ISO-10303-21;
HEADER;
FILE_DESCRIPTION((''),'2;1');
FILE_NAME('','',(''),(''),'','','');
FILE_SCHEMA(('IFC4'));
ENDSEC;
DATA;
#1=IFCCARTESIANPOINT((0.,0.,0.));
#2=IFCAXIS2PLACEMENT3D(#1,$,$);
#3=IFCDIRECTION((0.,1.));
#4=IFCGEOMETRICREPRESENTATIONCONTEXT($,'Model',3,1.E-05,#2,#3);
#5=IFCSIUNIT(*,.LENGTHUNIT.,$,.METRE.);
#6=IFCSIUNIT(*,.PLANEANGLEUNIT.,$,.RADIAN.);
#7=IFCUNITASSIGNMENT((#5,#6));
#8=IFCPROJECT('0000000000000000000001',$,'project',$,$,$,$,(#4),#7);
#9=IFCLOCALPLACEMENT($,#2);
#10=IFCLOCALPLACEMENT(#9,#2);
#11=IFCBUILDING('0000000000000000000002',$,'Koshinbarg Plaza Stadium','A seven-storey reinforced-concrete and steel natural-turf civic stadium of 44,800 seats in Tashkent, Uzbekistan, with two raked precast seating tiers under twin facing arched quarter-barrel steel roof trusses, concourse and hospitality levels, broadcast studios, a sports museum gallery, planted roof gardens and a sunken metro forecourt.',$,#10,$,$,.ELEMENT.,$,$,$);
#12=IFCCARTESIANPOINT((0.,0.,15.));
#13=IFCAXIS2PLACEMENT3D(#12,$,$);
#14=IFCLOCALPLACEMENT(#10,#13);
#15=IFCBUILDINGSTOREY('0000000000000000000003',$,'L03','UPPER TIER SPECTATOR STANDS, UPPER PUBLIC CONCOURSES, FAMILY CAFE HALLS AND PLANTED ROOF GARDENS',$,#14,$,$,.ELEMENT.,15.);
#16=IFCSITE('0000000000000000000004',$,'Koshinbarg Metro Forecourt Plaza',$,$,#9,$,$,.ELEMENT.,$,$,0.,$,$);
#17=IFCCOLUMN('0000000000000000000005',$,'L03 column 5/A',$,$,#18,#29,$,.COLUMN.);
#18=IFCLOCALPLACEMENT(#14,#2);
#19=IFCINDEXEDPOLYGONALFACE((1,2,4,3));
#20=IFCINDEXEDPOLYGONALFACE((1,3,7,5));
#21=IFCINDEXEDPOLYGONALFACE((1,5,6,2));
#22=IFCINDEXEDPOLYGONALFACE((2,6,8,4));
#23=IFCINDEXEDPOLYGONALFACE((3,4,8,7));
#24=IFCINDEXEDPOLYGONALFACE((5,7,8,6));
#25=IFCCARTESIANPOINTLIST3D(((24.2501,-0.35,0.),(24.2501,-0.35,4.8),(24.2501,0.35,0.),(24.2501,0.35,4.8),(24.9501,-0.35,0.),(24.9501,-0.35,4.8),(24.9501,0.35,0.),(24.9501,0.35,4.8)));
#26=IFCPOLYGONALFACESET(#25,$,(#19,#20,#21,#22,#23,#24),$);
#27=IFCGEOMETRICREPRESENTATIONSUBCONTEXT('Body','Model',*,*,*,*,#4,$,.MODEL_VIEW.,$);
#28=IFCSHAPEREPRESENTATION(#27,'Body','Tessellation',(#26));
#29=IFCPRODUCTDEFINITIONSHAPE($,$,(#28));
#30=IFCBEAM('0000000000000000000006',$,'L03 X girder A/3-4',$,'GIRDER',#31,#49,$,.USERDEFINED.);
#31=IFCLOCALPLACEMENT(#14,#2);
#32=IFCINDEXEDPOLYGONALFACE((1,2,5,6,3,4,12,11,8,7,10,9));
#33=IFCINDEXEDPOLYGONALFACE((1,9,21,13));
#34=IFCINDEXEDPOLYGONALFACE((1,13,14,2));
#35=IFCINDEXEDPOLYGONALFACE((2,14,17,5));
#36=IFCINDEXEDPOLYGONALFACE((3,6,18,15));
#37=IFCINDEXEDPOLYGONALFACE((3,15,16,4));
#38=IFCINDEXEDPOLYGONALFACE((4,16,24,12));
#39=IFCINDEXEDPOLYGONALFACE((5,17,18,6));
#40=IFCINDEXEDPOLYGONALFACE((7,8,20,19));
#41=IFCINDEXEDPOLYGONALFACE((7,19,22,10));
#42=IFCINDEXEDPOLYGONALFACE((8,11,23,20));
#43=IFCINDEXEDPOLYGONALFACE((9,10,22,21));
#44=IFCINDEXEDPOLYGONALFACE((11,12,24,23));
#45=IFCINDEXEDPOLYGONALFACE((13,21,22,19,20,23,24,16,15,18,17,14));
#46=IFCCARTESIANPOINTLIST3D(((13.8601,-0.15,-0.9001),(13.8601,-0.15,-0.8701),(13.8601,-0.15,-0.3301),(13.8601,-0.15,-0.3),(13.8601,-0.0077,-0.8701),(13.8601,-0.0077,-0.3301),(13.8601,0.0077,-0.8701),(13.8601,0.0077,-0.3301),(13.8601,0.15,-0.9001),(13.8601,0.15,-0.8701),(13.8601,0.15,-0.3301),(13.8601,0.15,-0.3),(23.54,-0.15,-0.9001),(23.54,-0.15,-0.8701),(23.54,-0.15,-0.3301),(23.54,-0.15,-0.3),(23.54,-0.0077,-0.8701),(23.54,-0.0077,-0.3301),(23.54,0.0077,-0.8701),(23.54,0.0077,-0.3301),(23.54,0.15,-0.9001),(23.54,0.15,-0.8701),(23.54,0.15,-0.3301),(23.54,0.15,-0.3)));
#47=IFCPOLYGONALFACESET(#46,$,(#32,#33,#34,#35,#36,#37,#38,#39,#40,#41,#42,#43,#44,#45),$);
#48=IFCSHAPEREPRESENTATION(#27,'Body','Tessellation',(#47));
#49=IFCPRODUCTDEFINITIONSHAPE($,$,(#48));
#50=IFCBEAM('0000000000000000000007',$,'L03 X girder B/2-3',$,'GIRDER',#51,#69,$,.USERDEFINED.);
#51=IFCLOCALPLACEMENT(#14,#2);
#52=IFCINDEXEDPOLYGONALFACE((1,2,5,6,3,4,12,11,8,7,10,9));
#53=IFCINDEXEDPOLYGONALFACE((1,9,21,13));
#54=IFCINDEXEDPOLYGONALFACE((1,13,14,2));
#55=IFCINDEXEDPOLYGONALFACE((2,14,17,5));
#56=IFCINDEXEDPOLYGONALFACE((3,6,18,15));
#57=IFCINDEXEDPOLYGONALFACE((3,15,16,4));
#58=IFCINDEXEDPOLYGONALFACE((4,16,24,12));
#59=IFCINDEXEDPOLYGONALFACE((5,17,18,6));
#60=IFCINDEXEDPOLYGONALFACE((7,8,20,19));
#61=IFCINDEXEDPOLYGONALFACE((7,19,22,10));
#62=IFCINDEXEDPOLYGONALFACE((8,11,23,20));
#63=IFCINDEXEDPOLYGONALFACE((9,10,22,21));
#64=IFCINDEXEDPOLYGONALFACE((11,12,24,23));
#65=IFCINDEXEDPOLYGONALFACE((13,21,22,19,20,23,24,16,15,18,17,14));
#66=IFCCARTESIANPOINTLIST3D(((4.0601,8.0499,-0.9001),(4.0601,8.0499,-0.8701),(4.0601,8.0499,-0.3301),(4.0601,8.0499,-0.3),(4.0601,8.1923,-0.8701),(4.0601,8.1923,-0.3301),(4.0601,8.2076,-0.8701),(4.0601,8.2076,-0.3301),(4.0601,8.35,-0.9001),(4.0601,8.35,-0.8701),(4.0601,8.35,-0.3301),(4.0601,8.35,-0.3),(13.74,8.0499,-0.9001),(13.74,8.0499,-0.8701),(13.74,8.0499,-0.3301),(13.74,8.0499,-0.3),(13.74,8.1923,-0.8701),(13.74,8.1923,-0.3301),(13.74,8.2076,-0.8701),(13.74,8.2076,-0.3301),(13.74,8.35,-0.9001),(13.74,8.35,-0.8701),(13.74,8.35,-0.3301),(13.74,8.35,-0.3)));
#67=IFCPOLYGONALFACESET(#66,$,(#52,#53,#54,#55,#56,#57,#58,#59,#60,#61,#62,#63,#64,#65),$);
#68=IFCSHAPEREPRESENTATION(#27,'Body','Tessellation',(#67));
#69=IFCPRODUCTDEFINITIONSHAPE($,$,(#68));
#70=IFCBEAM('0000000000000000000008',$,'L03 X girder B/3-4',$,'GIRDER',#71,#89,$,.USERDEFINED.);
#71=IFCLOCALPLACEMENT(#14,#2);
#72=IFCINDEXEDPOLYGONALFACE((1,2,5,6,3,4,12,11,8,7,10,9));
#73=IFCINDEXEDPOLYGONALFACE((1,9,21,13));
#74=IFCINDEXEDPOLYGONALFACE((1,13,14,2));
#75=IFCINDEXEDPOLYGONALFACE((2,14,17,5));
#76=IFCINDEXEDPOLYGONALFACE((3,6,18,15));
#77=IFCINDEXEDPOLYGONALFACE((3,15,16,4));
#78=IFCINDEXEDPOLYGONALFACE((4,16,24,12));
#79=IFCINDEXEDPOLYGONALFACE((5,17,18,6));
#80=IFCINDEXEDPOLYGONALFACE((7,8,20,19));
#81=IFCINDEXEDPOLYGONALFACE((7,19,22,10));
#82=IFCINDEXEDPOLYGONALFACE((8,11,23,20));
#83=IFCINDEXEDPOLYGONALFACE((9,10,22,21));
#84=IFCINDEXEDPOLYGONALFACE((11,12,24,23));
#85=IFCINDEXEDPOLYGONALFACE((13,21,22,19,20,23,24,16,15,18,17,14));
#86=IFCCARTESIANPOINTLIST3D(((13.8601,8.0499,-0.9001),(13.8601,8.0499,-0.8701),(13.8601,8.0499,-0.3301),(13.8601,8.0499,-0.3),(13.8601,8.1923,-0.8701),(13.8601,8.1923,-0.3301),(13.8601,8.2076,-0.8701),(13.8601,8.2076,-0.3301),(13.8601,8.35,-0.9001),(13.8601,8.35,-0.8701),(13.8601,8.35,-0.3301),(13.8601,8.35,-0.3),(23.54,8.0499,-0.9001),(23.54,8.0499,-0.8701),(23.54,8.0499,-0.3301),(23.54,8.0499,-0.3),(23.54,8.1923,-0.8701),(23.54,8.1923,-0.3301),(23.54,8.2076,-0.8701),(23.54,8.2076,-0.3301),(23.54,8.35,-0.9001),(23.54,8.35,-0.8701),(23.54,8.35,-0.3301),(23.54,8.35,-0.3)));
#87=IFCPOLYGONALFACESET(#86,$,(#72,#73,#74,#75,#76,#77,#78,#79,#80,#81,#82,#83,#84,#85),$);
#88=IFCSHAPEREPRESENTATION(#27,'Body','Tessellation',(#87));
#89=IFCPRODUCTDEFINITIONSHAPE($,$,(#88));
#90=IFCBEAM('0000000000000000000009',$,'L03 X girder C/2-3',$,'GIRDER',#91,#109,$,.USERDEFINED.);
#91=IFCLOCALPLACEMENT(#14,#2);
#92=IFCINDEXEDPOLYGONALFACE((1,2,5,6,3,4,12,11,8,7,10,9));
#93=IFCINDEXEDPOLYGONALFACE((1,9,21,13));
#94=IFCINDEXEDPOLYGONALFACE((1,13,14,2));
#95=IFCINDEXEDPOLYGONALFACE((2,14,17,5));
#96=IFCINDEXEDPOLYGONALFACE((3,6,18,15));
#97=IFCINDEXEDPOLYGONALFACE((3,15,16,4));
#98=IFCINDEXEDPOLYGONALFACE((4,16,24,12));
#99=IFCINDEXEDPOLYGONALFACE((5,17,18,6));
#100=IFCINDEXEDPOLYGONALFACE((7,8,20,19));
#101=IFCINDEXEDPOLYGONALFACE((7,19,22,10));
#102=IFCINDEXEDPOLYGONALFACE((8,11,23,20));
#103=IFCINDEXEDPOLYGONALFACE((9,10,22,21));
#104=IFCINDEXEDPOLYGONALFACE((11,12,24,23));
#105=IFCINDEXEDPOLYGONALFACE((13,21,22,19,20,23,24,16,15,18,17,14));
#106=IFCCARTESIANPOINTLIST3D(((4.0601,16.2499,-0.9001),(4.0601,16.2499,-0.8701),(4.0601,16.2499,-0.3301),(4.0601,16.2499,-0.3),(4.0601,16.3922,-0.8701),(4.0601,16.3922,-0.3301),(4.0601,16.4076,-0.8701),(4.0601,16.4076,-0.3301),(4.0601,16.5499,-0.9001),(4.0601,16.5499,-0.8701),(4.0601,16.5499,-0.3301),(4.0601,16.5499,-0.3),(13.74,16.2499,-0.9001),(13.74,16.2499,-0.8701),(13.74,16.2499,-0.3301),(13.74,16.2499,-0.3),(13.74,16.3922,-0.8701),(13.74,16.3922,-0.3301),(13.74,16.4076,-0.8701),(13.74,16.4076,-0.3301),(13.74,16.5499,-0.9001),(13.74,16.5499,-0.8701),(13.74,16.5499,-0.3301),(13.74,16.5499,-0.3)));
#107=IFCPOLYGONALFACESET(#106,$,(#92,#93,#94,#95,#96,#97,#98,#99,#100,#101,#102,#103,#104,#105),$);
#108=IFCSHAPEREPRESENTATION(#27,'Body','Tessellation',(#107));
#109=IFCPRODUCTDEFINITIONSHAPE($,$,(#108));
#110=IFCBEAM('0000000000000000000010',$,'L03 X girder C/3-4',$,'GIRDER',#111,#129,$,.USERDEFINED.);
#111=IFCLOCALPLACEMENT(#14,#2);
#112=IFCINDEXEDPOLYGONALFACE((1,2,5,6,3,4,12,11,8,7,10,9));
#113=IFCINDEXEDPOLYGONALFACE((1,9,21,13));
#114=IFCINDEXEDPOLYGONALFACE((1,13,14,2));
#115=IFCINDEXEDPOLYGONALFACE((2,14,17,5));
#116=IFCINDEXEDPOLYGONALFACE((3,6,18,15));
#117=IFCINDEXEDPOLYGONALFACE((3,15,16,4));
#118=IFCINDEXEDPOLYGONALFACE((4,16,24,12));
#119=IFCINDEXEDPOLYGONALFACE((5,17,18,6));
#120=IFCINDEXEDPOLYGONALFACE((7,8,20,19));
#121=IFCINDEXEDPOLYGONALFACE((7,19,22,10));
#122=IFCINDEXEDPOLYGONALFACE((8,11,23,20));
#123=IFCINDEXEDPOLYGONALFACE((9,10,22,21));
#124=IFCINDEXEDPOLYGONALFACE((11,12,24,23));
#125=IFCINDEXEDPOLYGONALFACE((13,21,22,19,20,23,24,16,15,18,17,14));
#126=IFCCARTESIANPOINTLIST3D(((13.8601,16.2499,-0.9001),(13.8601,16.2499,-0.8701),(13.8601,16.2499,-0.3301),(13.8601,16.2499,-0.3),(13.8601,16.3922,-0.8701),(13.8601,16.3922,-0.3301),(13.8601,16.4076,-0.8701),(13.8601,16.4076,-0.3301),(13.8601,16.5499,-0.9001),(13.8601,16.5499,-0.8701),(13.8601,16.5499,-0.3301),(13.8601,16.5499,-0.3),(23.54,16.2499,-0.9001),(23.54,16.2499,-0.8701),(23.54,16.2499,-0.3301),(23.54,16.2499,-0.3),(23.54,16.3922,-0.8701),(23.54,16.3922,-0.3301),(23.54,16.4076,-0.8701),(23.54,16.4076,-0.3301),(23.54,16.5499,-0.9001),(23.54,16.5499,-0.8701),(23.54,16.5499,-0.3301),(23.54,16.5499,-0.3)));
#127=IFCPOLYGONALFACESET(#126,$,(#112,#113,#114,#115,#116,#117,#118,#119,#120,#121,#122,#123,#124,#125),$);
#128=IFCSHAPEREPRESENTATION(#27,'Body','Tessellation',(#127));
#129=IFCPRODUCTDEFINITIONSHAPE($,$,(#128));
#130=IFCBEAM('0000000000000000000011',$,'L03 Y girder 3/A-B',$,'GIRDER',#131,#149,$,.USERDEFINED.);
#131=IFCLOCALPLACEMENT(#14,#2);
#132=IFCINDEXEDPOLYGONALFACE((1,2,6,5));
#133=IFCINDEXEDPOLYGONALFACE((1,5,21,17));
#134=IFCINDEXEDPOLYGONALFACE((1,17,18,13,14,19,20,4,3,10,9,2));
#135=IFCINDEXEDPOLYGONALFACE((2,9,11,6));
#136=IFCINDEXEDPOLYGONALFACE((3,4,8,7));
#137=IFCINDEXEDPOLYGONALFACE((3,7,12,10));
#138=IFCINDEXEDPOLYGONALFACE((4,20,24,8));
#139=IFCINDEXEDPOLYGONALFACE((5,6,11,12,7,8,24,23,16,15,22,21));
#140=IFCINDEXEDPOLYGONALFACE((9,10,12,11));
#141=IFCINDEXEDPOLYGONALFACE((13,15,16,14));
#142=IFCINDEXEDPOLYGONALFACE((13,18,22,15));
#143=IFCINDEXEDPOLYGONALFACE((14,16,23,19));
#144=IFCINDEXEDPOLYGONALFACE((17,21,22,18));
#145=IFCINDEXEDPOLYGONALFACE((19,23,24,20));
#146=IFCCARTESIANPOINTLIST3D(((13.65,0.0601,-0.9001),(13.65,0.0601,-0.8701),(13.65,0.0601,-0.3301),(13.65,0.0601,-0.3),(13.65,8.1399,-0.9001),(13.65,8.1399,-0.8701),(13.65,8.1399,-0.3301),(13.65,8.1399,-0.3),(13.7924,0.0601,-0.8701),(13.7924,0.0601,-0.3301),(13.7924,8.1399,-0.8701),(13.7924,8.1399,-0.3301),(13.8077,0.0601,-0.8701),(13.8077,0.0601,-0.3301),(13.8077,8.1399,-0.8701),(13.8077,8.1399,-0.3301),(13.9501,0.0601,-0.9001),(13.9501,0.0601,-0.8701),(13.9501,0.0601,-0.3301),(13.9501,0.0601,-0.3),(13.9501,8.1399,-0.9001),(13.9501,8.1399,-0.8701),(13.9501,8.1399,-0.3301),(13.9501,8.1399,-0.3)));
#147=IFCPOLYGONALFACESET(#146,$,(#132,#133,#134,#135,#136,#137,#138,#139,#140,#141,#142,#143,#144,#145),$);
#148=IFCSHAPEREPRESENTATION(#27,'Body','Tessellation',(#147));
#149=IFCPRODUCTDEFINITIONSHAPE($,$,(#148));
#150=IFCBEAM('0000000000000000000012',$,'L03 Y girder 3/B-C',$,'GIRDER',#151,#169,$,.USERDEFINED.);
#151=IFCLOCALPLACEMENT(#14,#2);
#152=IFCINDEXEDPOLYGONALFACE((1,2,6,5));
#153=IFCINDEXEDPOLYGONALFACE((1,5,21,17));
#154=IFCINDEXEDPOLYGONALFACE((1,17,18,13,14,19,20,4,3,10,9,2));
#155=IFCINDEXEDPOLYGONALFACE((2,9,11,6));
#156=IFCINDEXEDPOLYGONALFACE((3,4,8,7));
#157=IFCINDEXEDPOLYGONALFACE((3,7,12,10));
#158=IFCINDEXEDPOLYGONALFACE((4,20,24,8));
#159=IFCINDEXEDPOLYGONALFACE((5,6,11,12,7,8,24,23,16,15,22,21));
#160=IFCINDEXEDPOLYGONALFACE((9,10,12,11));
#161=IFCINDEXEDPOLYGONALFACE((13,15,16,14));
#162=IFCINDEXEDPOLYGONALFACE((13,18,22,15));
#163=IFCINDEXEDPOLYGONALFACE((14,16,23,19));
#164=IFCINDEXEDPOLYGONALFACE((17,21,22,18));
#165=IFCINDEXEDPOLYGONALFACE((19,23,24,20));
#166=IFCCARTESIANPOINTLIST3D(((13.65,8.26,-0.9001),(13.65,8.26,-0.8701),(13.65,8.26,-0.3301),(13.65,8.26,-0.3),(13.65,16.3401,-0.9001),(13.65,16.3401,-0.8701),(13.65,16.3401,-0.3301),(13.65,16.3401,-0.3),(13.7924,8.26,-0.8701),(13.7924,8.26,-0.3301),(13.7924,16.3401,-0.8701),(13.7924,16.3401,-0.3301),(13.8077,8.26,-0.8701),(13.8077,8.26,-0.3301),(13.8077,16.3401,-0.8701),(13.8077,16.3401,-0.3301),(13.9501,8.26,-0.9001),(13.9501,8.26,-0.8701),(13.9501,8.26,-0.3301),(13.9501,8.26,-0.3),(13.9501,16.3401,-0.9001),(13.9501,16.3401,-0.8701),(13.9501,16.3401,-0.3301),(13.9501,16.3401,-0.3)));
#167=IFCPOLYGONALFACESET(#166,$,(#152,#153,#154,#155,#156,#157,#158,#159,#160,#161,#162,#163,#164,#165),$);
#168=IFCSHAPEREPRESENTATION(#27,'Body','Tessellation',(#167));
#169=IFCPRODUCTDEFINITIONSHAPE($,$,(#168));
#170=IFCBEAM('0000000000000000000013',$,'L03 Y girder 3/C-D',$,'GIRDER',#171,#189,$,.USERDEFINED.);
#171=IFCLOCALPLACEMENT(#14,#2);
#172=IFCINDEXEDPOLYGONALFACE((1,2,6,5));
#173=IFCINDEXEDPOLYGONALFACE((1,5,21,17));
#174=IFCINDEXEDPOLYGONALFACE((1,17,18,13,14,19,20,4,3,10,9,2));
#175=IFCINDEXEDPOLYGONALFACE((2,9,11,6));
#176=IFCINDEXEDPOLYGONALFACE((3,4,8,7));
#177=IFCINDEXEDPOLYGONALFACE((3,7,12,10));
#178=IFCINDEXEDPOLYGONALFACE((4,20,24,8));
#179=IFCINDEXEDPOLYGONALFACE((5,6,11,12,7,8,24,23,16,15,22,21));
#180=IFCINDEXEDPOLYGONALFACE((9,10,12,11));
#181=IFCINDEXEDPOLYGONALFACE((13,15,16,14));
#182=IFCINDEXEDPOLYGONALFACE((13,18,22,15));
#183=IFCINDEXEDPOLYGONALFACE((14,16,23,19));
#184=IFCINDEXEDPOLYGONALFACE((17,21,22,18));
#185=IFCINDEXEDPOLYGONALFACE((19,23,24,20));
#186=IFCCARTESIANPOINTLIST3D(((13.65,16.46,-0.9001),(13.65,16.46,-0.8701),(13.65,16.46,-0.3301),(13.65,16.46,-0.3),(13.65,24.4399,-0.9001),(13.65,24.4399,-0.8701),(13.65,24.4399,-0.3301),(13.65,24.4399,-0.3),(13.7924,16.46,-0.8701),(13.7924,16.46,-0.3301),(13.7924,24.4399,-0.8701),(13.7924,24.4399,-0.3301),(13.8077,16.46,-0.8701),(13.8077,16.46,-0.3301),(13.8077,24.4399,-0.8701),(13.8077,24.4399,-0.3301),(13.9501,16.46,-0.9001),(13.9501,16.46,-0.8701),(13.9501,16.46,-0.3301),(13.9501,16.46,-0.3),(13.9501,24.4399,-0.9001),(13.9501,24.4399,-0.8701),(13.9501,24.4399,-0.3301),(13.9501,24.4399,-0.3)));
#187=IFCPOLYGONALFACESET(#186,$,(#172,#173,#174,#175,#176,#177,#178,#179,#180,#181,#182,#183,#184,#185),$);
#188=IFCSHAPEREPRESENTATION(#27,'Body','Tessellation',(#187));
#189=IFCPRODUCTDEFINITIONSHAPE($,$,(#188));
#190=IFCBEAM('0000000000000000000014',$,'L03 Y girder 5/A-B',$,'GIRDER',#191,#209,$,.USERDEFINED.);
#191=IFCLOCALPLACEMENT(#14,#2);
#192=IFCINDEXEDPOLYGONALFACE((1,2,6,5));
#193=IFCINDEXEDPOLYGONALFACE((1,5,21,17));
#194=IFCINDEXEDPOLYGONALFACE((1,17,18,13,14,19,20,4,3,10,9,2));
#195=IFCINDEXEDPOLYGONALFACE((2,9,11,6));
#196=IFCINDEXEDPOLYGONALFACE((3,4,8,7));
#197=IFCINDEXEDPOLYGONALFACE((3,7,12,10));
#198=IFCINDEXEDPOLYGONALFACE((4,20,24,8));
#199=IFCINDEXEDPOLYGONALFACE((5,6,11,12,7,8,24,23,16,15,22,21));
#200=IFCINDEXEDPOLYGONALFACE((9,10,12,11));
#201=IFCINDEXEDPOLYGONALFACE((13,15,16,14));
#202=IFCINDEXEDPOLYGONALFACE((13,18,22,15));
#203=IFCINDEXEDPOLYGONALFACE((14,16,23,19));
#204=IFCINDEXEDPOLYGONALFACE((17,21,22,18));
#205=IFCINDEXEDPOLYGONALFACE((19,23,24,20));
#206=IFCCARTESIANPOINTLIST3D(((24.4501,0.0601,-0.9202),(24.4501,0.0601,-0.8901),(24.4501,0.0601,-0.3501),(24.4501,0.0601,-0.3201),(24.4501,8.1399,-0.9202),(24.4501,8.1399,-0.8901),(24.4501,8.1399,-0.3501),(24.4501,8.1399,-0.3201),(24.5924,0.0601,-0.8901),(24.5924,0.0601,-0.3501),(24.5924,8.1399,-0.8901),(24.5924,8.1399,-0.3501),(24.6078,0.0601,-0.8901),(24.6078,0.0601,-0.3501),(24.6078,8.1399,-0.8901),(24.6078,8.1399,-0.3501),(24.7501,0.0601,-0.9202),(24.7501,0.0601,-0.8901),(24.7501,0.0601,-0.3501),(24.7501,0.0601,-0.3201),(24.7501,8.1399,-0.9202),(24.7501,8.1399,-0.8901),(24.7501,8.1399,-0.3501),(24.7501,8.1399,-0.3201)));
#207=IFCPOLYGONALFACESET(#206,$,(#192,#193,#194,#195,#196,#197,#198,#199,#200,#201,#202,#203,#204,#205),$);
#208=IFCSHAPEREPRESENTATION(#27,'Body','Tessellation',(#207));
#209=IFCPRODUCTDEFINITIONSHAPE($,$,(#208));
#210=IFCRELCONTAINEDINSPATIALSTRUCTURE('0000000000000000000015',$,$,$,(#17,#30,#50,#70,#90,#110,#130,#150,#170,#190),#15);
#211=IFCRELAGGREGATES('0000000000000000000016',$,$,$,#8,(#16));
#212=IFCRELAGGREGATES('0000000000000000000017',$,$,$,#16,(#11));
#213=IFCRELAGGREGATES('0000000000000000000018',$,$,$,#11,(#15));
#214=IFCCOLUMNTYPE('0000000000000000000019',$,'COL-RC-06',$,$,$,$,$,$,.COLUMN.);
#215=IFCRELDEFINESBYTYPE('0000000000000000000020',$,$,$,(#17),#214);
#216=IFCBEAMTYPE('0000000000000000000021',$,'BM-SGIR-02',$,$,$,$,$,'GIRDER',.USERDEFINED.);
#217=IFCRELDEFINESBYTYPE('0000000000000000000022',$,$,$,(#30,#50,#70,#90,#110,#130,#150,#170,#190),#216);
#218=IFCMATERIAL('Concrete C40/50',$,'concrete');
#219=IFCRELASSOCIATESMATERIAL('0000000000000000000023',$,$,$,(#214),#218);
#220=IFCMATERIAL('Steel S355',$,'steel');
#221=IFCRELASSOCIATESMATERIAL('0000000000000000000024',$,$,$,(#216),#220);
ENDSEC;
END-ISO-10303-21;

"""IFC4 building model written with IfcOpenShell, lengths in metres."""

from ifc_helpers import new_model, si_unit, direction, frame, origin, origin_2d, place, context, subcontext, project, spatial, rectangle, i_section, extrude, material, material_profile, profile_set, type_object, element, save


model = new_model("IFC4")

# Units and contexts
model_context = context("Model", 3, precision=1e-05, world=origin(), true_north=direction((0.0, 1.0)))
body_context = subcontext(model_context, "Body", "Model", "MODEL_VIEW")
ifc_project = project(units=[si_unit("LENGTHUNIT", "METRE"), si_unit("PLANEANGLEUNIT", "RADIAN")], contexts=[model_context])

# Site, building, storey
site_placement = place(None, origin())
site = spatial("IfcSite", under=ifc_project, at=site_placement, Name="Koshinbarg Metro Forecourt Plaza", CompositionType="ELEMENT", RefElevation=0.0)
building_placement = place(site_placement, origin())
building = spatial("IfcBuilding", under=site, at=building_placement, Name="Koshinbarg Plaza Stadium", Description="A seven-storey reinforced-concrete and steel natural-turf civic stadium of 44,800 seats in Tashkent, Uzbekistan, with two raked precast seating tiers under twin facing arched quarter-barrel steel roof trusses, concourse and hospitality levels, broadcast studios, a sports museum gallery, planted roof gardens and a sunken metro forecourt.", CompositionType="ELEMENT")
storey_placement = place(building_placement, frame((0.0, 0.0, 15.0)))
storey = spatial("IfcBuildingStorey", under=building, at=storey_placement, Name="L03", Description="UPPER TIER SPECTATOR STANDS, UPPER PUBLIC CONCOURSES, FAMILY CAFE HALLS AND PLANTED ROOF GARDENS", CompositionType="ELEMENT", Elevation=15.0)

# Column
ifc_material_1 = material(Name="Concrete C40/50", Category="concrete")
ifc_material_profile_1 = material_profile(ifc_material_1, rectangle(XDim=0.7, YDim=0.7, at=origin_2d()), Name="RC 700x700")
ifc_profile_set_1 = profile_set([ifc_material_profile_1], Name="Concrete C40/50")
column_type = type_object("IfcColumnType", Name="COL-RC-06", PredefinedType="COLUMN", material=ifc_profile_set_1)
column_placement = place(storey_placement, frame((24.6001, 0.0, 0.0), z_axis=(0.0, 0.0, 1.0), x_axis=(1.0, 0.0, 0.0)))
element("IfcColumn", 1, at=column_placement, inside=storey, type_object=column_type, Name="L03 column 5/A", PredefinedType="COLUMN", context=body_context, shape_type="SweptSolid", body=[
    extrude(rectangle(XDim=0.7, YDim=0.7, at=origin_2d()), origin(), (0.0, 0.0, 1.0), 4.8),
])

# Beams
ifc_material_2 = material(Name="Steel S355", Category="steel")
ifc_material_profile_2 = material_profile(ifc_material_2, i_section(OverallWidth=0.3, OverallDepth=0.6001, WebThickness=0.0154, FlangeThickness=0.03, at=origin_2d()), Name="HEB 600")
ifc_profile_set_2 = profile_set([ifc_material_profile_2], Name="Steel S355")
beam_type_1 = type_object("IfcBeamType", Name="BM-SGIR-02", ElementType="GIRDER", PredefinedType="USERDEFINED", material=ifc_profile_set_2)
for number, where, z_axis, x_axis, name in (
    (2, (13.8601, 0.0, -0.6001), (1.0, 0.0, 0.0), (0.0, 1.0, 0.0), "L03 X girder A/3-4"),
    (3, (4.0601, 8.2, -0.6001), (1.0, 0.0, 0.0), (0.0, 1.0, 0.0), "L03 X girder B/2-3"),
    (4, (13.8601, 8.2, -0.6001), (1.0, 0.0, 0.0), (0.0, 1.0, 0.0), "L03 X girder B/3-4"),
    (5, (4.0601, 16.3999, -0.6001), (1.0, 0.0, 0.0), (0.0, 1.0, 0.0), "L03 X girder C/2-3"),
    (6, (13.8601, 16.3999, -0.6001), (1.0, 0.0, 0.0), (0.0, 1.0, 0.0), "L03 X girder C/3-4"),
):
    element("IfcBeam", number, at=place(storey_placement, frame(where, z_axis=z_axis, x_axis=x_axis)), inside=storey, type_object=beam_type_1, Name=name, ObjectType="GIRDER", PredefinedType="USERDEFINED", context=body_context, shape_type="SweptSolid", body=[
        extrude(i_section(OverallWidth=0.3, OverallDepth=0.6001, WebThickness=0.0154, FlangeThickness=0.03, at=origin_2d()), origin(), (0.0, 0.0, 1.0), 9.6799),
    ])
beam_1_placement = place(storey_placement, frame((13.8, 0.0601, -0.6001), z_axis=(0.0, 1.0, 0.0), x_axis=(-1.0, 0.0, 0.0)))
element("IfcBeam", 7, at=beam_1_placement, inside=storey, type_object=beam_type_1, Name="L03 Y girder 3/A-B", ObjectType="GIRDER", PredefinedType="USERDEFINED", context=body_context, shape_type="SweptSolid", body=[
    extrude(i_section(OverallWidth=0.3, OverallDepth=0.6001, WebThickness=0.0154, FlangeThickness=0.03, at=origin_2d()), origin(), (0.0, 0.0, 1.0), 8.0798),
])
beam_2_placement = place(storey_placement, frame((13.8, 8.26, -0.6001), z_axis=(0.0, 1.0, 0.0), x_axis=(-1.0, 0.0, 0.0)))
element("IfcBeam", 8, at=beam_2_placement, inside=storey, type_object=beam_type_1, Name="L03 Y girder 3/B-C", ObjectType="GIRDER", PredefinedType="USERDEFINED", context=body_context, shape_type="SweptSolid", body=[
    extrude(i_section(OverallWidth=0.3, OverallDepth=0.6001, WebThickness=0.0154, FlangeThickness=0.03, at=origin_2d()), origin(), (0.0, 0.0, 1.0), 8.0801),
])
beam_3_placement = place(storey_placement, frame((13.8, 16.46, -0.6001), z_axis=(0.0, 1.0, 0.0), x_axis=(-1.0, 0.0, 0.0)))
element("IfcBeam", 9, at=beam_3_placement, inside=storey, type_object=beam_type_1, Name="L03 Y girder 3/C-D", ObjectType="GIRDER", PredefinedType="USERDEFINED", context=body_context, shape_type="SweptSolid", body=[
    extrude(i_section(OverallWidth=0.3, OverallDepth=0.6001, WebThickness=0.0154, FlangeThickness=0.03, at=origin_2d()), origin(), (0.0, 0.0, 1.0), 7.98),
])
beam_4_placement = place(storey_placement, frame((24.6001, 0.0601, -0.6201), z_axis=(0.0, 1.0, 0.0), x_axis=(-1.0, 0.0, 0.0)))
element("IfcBeam", 10, at=beam_4_placement, inside=storey, type_object=beam_type_1, Name="L03 Y girder 5/A-B", ObjectType="GIRDER", PredefinedType="USERDEFINED", context=body_context, shape_type="SweptSolid", body=[
    extrude(i_section(OverallWidth=0.3, OverallDepth=0.6001, WebThickness=0.0154, FlangeThickness=0.03, at=origin_2d()), origin(), (0.0, 0.0, 1.0), 8.0798),
])

save(model, "model.ifc")
